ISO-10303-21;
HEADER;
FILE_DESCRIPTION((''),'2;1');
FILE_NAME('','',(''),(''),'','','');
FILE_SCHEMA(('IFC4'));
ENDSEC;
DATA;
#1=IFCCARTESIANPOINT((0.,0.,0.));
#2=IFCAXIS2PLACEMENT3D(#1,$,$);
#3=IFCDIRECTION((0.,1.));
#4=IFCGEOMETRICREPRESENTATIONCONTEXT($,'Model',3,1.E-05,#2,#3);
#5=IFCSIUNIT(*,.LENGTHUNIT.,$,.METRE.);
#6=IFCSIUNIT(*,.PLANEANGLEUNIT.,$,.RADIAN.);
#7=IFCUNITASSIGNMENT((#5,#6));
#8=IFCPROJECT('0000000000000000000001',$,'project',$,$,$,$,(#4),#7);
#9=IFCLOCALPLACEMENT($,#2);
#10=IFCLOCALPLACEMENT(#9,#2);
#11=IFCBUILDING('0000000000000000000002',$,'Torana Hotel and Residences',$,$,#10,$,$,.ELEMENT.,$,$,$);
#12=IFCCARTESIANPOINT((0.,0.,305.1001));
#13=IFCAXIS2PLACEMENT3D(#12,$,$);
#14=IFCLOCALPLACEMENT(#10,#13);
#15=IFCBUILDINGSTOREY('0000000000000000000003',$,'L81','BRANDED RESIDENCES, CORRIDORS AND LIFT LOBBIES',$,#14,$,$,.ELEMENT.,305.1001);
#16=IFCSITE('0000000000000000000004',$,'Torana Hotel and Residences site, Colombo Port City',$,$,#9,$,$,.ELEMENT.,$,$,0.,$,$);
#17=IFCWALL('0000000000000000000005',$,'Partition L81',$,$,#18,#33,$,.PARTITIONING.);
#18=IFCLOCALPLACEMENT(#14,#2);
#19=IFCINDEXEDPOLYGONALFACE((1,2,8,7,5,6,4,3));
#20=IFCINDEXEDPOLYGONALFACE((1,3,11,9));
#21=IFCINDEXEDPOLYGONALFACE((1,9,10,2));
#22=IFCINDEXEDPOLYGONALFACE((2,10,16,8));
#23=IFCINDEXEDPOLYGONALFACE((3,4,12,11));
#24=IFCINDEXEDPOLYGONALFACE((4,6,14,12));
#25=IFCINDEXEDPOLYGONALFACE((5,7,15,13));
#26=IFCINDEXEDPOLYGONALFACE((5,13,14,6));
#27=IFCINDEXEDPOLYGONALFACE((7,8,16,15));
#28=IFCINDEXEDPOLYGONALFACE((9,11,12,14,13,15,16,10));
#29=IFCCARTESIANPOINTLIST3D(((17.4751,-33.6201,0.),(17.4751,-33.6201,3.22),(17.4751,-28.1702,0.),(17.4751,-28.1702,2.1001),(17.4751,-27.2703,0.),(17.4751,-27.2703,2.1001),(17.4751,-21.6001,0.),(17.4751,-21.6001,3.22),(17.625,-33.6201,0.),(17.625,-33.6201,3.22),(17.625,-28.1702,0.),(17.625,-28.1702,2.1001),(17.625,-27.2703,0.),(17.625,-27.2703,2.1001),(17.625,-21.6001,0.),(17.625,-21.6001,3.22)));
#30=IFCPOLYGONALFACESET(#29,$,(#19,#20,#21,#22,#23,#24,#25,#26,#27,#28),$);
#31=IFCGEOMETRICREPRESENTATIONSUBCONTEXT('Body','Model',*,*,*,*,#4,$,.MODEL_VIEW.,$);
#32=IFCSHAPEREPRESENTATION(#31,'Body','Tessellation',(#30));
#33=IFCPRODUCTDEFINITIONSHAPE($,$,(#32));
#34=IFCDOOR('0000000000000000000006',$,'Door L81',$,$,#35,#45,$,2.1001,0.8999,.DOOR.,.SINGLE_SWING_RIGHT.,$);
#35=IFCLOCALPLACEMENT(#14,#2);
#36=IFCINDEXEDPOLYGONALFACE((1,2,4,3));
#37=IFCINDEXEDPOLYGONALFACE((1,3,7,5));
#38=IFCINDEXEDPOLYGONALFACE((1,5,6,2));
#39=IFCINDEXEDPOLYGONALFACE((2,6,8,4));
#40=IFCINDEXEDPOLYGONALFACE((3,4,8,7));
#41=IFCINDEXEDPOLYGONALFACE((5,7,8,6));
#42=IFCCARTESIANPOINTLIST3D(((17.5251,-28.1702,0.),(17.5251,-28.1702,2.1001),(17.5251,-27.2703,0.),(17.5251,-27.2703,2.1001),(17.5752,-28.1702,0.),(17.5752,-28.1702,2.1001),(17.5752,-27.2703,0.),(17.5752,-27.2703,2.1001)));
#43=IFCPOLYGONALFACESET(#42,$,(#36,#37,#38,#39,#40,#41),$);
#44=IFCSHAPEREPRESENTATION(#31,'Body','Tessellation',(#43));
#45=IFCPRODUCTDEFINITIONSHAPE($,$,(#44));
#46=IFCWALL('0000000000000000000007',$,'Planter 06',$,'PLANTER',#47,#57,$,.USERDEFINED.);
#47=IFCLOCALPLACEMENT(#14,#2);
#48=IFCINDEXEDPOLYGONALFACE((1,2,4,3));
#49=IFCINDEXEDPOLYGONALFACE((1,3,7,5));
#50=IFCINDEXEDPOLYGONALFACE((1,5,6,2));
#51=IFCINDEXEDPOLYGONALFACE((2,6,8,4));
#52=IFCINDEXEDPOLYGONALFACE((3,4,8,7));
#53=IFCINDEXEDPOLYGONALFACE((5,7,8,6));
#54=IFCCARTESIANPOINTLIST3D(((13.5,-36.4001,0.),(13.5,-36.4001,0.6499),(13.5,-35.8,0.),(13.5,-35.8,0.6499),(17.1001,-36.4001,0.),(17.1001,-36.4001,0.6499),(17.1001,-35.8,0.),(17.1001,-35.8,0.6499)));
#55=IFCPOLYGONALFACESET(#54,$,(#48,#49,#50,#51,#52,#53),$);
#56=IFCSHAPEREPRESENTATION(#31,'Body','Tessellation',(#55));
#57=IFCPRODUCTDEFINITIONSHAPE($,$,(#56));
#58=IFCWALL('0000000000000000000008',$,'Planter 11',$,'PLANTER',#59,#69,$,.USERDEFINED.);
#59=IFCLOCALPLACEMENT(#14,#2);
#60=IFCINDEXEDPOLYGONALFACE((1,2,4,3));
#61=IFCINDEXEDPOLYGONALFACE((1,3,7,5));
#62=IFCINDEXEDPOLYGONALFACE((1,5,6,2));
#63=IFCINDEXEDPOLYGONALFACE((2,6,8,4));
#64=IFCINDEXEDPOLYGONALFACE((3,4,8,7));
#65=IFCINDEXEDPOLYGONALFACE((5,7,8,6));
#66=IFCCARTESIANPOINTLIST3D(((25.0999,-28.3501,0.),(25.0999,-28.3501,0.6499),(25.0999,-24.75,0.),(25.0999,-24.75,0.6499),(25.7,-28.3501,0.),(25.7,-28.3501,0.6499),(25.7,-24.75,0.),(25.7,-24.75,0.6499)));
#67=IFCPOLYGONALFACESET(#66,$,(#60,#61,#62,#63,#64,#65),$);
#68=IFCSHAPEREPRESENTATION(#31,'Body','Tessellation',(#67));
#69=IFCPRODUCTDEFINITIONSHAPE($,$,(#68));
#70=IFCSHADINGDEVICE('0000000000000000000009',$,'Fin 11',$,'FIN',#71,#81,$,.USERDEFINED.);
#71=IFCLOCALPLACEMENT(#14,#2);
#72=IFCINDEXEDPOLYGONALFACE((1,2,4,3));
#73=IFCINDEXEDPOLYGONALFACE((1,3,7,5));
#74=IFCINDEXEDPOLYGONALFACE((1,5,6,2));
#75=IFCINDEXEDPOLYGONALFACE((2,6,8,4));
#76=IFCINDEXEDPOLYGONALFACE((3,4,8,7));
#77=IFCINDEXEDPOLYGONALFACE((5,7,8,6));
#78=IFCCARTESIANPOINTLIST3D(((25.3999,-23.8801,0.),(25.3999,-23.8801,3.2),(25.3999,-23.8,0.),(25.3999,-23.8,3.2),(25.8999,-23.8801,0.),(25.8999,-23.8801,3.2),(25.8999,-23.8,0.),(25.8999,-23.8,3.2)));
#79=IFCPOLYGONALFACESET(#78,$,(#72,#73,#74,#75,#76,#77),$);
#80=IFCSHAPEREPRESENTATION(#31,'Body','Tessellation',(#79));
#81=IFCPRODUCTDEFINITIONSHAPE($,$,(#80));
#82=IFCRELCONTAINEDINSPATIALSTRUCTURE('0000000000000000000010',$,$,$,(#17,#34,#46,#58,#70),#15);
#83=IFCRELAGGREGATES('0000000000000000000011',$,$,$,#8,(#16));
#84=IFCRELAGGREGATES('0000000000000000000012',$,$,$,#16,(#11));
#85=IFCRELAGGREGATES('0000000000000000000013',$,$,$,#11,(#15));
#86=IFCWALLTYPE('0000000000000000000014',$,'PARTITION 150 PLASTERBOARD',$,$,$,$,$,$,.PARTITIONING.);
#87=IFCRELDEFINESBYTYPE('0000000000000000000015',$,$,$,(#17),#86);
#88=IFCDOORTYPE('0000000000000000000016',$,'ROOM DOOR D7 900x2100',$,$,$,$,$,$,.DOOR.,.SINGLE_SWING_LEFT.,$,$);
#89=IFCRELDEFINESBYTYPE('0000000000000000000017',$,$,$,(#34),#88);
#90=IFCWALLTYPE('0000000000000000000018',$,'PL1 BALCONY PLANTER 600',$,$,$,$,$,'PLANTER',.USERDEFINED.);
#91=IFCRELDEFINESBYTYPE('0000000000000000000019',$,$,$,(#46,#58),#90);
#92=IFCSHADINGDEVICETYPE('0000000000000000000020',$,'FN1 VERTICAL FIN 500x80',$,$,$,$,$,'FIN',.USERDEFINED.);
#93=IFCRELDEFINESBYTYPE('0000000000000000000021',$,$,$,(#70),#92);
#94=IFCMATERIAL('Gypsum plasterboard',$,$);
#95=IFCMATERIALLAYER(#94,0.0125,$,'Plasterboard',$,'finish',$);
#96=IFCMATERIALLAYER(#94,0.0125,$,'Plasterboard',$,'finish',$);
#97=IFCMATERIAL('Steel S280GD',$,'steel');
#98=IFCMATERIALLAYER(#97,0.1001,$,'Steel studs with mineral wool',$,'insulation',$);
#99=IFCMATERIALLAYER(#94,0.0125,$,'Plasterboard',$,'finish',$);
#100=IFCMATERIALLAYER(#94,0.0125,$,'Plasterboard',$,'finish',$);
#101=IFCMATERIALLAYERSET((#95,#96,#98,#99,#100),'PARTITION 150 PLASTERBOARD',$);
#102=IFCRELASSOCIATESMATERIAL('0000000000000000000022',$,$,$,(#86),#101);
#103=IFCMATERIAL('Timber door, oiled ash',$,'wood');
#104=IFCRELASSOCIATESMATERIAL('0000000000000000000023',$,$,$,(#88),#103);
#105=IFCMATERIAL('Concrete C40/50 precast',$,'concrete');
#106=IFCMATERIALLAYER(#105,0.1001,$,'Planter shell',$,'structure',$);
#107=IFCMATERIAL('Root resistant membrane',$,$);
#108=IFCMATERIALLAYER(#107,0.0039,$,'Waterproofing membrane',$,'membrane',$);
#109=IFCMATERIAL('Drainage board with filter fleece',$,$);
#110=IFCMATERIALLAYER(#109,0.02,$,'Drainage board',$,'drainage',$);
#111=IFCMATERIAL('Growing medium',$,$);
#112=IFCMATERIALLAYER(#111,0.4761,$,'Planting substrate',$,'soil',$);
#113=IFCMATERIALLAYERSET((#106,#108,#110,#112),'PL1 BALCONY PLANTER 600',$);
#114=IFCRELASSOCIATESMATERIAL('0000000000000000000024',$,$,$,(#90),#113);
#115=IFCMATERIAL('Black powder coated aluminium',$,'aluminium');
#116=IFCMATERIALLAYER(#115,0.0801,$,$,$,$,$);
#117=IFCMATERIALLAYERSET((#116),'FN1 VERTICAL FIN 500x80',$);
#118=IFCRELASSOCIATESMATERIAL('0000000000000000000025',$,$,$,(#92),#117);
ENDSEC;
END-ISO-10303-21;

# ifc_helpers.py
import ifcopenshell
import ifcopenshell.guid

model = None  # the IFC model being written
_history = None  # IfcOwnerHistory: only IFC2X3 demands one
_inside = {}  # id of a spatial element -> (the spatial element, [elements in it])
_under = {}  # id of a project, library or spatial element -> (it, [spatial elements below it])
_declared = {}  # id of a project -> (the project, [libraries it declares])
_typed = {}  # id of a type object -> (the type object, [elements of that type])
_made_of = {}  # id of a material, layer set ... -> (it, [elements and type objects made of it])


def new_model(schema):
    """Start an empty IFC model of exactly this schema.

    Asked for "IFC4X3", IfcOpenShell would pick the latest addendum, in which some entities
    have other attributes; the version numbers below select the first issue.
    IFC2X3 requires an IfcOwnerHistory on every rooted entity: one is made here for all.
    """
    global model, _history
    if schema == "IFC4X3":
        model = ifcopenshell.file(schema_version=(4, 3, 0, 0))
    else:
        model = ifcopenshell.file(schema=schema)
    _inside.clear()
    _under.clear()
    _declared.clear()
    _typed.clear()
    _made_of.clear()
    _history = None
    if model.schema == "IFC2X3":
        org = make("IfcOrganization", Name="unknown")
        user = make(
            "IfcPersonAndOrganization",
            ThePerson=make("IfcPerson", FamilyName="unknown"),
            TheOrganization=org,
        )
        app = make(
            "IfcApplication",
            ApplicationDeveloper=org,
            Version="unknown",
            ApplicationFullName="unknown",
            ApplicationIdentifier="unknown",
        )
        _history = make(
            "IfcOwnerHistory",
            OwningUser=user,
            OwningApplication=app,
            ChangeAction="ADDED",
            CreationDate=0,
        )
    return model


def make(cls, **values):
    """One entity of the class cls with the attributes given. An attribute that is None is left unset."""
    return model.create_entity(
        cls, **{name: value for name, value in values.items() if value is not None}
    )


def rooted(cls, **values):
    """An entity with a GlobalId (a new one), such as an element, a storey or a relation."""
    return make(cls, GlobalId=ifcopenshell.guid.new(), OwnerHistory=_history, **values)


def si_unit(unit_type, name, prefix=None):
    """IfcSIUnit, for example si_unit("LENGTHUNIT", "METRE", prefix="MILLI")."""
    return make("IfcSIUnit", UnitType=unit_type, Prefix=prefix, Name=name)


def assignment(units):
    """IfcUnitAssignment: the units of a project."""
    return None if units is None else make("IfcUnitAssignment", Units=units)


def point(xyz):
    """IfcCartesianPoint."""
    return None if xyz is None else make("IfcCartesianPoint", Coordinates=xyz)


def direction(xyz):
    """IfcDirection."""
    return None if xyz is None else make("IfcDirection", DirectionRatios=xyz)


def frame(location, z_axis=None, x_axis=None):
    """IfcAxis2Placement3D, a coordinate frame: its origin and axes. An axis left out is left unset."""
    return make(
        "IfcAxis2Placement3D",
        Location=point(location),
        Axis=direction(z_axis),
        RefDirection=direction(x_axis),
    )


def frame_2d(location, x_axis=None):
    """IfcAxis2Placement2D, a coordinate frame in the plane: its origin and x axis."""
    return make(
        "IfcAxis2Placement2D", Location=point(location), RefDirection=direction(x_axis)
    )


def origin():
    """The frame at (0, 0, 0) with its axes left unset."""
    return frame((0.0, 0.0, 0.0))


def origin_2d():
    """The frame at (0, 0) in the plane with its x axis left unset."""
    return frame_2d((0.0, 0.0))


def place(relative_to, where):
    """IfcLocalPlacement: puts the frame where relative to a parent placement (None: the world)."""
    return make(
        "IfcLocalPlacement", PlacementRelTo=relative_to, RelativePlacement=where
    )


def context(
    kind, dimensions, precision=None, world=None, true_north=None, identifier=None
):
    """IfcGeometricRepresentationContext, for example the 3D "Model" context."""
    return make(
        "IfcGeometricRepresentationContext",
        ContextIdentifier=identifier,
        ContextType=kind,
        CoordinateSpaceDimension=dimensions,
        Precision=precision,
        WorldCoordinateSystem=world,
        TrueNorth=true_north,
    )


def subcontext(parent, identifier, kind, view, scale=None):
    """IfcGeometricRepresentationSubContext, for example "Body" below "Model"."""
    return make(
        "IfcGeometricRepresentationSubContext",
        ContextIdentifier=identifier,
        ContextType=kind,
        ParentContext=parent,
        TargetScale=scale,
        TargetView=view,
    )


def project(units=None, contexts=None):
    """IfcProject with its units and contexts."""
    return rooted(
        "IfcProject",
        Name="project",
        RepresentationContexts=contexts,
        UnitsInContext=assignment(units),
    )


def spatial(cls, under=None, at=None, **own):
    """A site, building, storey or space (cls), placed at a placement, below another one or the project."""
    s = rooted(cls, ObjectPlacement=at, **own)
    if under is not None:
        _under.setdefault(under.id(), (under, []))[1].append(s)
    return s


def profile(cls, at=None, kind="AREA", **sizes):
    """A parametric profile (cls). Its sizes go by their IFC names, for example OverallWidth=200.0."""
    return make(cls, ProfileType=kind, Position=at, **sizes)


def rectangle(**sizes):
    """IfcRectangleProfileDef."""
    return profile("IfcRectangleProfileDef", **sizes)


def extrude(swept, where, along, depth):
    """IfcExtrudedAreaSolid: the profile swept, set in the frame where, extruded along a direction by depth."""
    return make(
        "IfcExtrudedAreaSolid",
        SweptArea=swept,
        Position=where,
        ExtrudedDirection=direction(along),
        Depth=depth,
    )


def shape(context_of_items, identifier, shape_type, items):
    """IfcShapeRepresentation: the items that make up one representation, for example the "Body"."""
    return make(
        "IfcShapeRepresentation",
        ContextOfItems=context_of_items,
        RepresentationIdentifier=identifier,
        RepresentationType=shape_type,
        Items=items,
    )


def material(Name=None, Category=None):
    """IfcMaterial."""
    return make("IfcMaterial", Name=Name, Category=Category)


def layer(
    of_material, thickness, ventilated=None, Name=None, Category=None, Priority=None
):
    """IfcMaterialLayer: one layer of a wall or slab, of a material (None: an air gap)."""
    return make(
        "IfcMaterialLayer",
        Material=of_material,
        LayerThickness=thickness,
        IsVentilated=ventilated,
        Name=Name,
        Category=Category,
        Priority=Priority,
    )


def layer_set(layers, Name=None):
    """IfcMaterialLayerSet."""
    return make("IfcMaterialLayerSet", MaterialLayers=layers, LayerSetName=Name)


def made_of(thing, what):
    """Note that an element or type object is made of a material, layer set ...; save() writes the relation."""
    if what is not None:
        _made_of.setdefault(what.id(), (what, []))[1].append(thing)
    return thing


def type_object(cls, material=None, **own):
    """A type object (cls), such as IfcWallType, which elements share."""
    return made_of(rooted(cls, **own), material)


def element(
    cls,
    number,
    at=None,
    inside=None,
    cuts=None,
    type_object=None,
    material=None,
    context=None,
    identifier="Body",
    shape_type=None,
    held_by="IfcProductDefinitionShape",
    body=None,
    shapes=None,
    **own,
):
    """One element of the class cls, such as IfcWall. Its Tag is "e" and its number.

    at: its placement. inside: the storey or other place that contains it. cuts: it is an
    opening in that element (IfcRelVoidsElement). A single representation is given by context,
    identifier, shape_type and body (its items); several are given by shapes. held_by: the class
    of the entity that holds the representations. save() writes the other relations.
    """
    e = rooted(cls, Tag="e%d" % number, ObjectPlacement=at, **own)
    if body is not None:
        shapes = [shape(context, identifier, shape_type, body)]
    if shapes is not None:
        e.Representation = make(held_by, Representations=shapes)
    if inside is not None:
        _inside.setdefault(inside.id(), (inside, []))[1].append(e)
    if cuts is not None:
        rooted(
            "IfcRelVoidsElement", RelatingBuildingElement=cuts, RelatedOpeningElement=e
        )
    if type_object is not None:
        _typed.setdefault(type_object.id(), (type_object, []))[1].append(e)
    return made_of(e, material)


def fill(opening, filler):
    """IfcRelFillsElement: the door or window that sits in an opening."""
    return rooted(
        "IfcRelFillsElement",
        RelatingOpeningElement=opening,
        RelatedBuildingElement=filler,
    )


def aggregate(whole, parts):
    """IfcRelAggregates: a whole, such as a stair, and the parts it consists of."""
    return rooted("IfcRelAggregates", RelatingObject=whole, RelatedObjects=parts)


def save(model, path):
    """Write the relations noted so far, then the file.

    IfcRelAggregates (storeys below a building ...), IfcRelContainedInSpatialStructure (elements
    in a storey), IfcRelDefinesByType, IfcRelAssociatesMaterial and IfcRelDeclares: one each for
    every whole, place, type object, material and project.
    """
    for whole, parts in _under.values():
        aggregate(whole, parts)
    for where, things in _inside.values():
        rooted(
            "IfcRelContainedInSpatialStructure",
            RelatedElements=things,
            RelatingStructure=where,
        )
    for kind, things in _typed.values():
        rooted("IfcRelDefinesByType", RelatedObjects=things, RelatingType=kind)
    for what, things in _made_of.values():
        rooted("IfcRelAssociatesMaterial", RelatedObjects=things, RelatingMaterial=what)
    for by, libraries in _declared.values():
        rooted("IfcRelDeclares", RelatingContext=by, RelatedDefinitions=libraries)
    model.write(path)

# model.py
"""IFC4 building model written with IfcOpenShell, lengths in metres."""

from ifc_helpers import new_model, si_unit, direction, frame, frame_2d, origin, origin_2d, place, context, subcontext, project, spatial, rectangle, extrude, material, layer, layer_set, type_object, element, fill, save


model = new_model("IFC4")

# Units and contexts
model_context = context("Model", 3, precision=1e-05, world=origin(), true_north=direction((0.0, 1.0)))
body_context = subcontext(model_context, "Body", "Model", "MODEL_VIEW")
ifc_project = project(units=[si_unit("LENGTHUNIT", "METRE"), si_unit("PLANEANGLEUNIT", "RADIAN")], contexts=[model_context])

# Site, building, storey
site_placement = place(None, origin())
site = spatial("IfcSite", under=ifc_project, at=site_placement, Name="Torana Hotel and Residences site, Colombo Port City", CompositionType="ELEMENT", RefElevation=0.0)
building_placement = place(site_placement, origin())
building = spatial("IfcBuilding", under=site, at=building_placement, Name="Torana Hotel and Residences", CompositionType="ELEMENT")
storey_placement = place(building_placement, frame((0.0, 0.0, 305.1001)))
storey = spatial("IfcBuildingStorey", under=building, at=storey_placement, Name="L81", Description="BRANDED RESIDENCES, CORRIDORS AND LIFT LOBBIES", CompositionType="ELEMENT", Elevation=305.1001)

# Shared definitions
ifc_material_1 = material(Name="Steel S280GD", Category="steel")

# Wall, opening, door
ifc_material_2 = material(Name="Gypsum plasterboard")
ifc_layer_1 = layer(ifc_material_2, 0.0125, Name="Plasterboard", Category="finish")
ifc_layer_2 = layer(ifc_material_2, 0.0125, Name="Plasterboard", Category="finish")
ifc_layer_3 = layer(ifc_material_1, 0.1001, Name="Steel studs with mineral wool", Category="insulation")
ifc_layer_4 = layer(ifc_material_2, 0.0125, Name="Plasterboard", Category="finish")
ifc_layer_5 = layer(ifc_material_2, 0.0125, Name="Plasterboard", Category="finish")
ifc_layer_set_1 = layer_set([ifc_layer_1, ifc_layer_2, ifc_layer_3, ifc_layer_4, ifc_layer_5], Name="PARTITION 150 PLASTERBOARD")
wall_type_1 = type_object("IfcWallType", Name="PARTITION 150 PLASTERBOARD", PredefinedType="PARTITIONING", material=ifc_layer_set_1)
ifc_material_3 = material(Name="Timber door, oiled ash", Category="wood")
door_type_1 = type_object("IfcDoorType", Name="ROOM DOOR D7 900x2100", OperationType="SINGLE_SWING_LEFT", PredefinedType="DOOR", material=ifc_material_3)
wall_1_placement = place(storey_placement, frame((17.55, -33.6201, 0.0), z_axis=(0.0, 0.0, 1.0), x_axis=(0.0, 1.0, 0.0)))
wall_1 = element("IfcWall", 1, at=wall_1_placement, inside=storey, type_object=wall_type_1, Name="Partition L81", PredefinedType="PARTITIONING", context=body_context, shape_type="SweptSolid", body=[
    extrude(rectangle(XDim=12.02, YDim=0.1499, at=frame_2d((6.01, 0.0))), origin(), (0.0, 0.0, 1.0), 3.22),
])
opening_1_placement = place(wall_1_placement, frame((5.45, 0.0, 0.0)))
opening_1 = element("IfcOpeningElement", 2, at=opening_1_placement, cuts=wall_1, PredefinedType="OPENING", context=body_context, shape_type="SweptSolid", body=[
    extrude(rectangle(XDim=0.8999, YDim=2.1001, at=frame_2d((0.45, 1.05))), frame((0.0, 0.085, 0.0), z_axis=(0.0, -1.0, 0.0), x_axis=(1.0, 0.0, 0.0)), (0.0, 0.0, 1.0), 0.1699),
])
door_1_placement = place(opening_1_placement, origin())
door_1 = element("IfcDoor", 3, at=door_1_placement, inside=storey, type_object=door_type_1, Name="Door L81", OperationType="SINGLE_SWING_RIGHT", OverallHeight=2.1001, OverallWidth=0.8999, PredefinedType="DOOR", context=body_context, shape_type="SweptSolid", body=[
    extrude(rectangle(XDim=0.8999, YDim=2.1001, at=frame_2d((0.45, 1.05))), frame((0.0, 0.0249, 0.0), z_axis=(0.0, -1.0, 0.0), x_axis=(1.0, 0.0, 0.0)), (0.0, 0.0, 1.0), 0.05),
])
fill(opening_1, door_1)

# Walls
ifc_material_4 = material(Name="Concrete C40/50 precast", Category="concrete")
ifc_layer_6 = layer(ifc_material_4, 0.1001, Name="Planter shell", Category="structure")
ifc_material_5 = material(Name="Root resistant membrane")
ifc_layer_7 = layer(ifc_material_5, 0.0039, Name="Waterproofing membrane", Category="membrane")
ifc_material_6 = material(Name="Drainage board with filter fleece")
ifc_layer_8 = layer(ifc_material_6, 0.02, Name="Drainage board", Category="drainage")
ifc_material_7 = material(Name="Growing medium")
ifc_layer_9 = layer(ifc_material_7, 0.4761, Name="Planting substrate", Category="soil")
ifc_layer_set_2 = layer_set([ifc_layer_6, ifc_layer_7, ifc_layer_8, ifc_layer_9], Name="PL1 BALCONY PLANTER 600")
wall_type_2 = type_object("IfcWallType", Name="PL1 BALCONY PLANTER 600", ElementType="PLANTER", PredefinedType="USERDEFINED", material=ifc_layer_set_2)
for number, where, z_axis, x_axis, name in (
    (4, (17.1001, -36.1001, 0.0), (0.0, 0.0, 1.0), (-1.0, 0.0, 0.0), "Planter 06"),
    (5, (25.3999, -24.75, 0.0), (0.0, 0.0, 1.0), (0.0, -1.0, 0.0), "Planter 11"),
):
    element("IfcWall", number, at=place(storey_placement, frame(where, z_axis=z_axis, x_axis=x_axis)), inside=storey, type_object=wall_type_2, Name=name, ObjectType="PLANTER", PredefinedType="USERDEFINED", context=body_context, shape_type="SweptSolid", body=[
        extrude(rectangle(XDim=3.6001, YDim=0.6001, at=frame_2d((1.8, 0.0))), origin(), (0.0, 0.0, 1.0), 0.6499),
    ])

# Shading device
ifc_material_8 = material(Name="Black powder coated aluminium", Category="aluminium")
ifc_layer_10 = layer(ifc_material_8, 0.0801)
ifc_layer_set_3 = layer_set([ifc_layer_10], Name="FN1 VERTICAL FIN 500x80")
shading_device_type = type_object("IfcShadingDeviceType", Name="FN1 VERTICAL FIN 500x80", ElementType="FIN", PredefinedType="USERDEFINED", material=ifc_layer_set_3)
shading_device_placement = place(storey_placement, frame((25.6499, -23.8401, 0.0), z_axis=(0.0, 0.0, 1.0), x_axis=(0.0, -1.0, 0.0)))
element("IfcShadingDevice", 6, at=shading_device_placement, inside=storey, type_object=shading_device_type, Name="Fin 11", ObjectType="FIN", PredefinedType="USERDEFINED", context=body_context, shape_type="SweptSolid", body=[
    extrude(rectangle(XDim=0.0801, YDim=0.5, at=origin_2d()), origin(), (0.0, 0.0, 1.0), 3.2),
])

save(model, "model.ifc")
